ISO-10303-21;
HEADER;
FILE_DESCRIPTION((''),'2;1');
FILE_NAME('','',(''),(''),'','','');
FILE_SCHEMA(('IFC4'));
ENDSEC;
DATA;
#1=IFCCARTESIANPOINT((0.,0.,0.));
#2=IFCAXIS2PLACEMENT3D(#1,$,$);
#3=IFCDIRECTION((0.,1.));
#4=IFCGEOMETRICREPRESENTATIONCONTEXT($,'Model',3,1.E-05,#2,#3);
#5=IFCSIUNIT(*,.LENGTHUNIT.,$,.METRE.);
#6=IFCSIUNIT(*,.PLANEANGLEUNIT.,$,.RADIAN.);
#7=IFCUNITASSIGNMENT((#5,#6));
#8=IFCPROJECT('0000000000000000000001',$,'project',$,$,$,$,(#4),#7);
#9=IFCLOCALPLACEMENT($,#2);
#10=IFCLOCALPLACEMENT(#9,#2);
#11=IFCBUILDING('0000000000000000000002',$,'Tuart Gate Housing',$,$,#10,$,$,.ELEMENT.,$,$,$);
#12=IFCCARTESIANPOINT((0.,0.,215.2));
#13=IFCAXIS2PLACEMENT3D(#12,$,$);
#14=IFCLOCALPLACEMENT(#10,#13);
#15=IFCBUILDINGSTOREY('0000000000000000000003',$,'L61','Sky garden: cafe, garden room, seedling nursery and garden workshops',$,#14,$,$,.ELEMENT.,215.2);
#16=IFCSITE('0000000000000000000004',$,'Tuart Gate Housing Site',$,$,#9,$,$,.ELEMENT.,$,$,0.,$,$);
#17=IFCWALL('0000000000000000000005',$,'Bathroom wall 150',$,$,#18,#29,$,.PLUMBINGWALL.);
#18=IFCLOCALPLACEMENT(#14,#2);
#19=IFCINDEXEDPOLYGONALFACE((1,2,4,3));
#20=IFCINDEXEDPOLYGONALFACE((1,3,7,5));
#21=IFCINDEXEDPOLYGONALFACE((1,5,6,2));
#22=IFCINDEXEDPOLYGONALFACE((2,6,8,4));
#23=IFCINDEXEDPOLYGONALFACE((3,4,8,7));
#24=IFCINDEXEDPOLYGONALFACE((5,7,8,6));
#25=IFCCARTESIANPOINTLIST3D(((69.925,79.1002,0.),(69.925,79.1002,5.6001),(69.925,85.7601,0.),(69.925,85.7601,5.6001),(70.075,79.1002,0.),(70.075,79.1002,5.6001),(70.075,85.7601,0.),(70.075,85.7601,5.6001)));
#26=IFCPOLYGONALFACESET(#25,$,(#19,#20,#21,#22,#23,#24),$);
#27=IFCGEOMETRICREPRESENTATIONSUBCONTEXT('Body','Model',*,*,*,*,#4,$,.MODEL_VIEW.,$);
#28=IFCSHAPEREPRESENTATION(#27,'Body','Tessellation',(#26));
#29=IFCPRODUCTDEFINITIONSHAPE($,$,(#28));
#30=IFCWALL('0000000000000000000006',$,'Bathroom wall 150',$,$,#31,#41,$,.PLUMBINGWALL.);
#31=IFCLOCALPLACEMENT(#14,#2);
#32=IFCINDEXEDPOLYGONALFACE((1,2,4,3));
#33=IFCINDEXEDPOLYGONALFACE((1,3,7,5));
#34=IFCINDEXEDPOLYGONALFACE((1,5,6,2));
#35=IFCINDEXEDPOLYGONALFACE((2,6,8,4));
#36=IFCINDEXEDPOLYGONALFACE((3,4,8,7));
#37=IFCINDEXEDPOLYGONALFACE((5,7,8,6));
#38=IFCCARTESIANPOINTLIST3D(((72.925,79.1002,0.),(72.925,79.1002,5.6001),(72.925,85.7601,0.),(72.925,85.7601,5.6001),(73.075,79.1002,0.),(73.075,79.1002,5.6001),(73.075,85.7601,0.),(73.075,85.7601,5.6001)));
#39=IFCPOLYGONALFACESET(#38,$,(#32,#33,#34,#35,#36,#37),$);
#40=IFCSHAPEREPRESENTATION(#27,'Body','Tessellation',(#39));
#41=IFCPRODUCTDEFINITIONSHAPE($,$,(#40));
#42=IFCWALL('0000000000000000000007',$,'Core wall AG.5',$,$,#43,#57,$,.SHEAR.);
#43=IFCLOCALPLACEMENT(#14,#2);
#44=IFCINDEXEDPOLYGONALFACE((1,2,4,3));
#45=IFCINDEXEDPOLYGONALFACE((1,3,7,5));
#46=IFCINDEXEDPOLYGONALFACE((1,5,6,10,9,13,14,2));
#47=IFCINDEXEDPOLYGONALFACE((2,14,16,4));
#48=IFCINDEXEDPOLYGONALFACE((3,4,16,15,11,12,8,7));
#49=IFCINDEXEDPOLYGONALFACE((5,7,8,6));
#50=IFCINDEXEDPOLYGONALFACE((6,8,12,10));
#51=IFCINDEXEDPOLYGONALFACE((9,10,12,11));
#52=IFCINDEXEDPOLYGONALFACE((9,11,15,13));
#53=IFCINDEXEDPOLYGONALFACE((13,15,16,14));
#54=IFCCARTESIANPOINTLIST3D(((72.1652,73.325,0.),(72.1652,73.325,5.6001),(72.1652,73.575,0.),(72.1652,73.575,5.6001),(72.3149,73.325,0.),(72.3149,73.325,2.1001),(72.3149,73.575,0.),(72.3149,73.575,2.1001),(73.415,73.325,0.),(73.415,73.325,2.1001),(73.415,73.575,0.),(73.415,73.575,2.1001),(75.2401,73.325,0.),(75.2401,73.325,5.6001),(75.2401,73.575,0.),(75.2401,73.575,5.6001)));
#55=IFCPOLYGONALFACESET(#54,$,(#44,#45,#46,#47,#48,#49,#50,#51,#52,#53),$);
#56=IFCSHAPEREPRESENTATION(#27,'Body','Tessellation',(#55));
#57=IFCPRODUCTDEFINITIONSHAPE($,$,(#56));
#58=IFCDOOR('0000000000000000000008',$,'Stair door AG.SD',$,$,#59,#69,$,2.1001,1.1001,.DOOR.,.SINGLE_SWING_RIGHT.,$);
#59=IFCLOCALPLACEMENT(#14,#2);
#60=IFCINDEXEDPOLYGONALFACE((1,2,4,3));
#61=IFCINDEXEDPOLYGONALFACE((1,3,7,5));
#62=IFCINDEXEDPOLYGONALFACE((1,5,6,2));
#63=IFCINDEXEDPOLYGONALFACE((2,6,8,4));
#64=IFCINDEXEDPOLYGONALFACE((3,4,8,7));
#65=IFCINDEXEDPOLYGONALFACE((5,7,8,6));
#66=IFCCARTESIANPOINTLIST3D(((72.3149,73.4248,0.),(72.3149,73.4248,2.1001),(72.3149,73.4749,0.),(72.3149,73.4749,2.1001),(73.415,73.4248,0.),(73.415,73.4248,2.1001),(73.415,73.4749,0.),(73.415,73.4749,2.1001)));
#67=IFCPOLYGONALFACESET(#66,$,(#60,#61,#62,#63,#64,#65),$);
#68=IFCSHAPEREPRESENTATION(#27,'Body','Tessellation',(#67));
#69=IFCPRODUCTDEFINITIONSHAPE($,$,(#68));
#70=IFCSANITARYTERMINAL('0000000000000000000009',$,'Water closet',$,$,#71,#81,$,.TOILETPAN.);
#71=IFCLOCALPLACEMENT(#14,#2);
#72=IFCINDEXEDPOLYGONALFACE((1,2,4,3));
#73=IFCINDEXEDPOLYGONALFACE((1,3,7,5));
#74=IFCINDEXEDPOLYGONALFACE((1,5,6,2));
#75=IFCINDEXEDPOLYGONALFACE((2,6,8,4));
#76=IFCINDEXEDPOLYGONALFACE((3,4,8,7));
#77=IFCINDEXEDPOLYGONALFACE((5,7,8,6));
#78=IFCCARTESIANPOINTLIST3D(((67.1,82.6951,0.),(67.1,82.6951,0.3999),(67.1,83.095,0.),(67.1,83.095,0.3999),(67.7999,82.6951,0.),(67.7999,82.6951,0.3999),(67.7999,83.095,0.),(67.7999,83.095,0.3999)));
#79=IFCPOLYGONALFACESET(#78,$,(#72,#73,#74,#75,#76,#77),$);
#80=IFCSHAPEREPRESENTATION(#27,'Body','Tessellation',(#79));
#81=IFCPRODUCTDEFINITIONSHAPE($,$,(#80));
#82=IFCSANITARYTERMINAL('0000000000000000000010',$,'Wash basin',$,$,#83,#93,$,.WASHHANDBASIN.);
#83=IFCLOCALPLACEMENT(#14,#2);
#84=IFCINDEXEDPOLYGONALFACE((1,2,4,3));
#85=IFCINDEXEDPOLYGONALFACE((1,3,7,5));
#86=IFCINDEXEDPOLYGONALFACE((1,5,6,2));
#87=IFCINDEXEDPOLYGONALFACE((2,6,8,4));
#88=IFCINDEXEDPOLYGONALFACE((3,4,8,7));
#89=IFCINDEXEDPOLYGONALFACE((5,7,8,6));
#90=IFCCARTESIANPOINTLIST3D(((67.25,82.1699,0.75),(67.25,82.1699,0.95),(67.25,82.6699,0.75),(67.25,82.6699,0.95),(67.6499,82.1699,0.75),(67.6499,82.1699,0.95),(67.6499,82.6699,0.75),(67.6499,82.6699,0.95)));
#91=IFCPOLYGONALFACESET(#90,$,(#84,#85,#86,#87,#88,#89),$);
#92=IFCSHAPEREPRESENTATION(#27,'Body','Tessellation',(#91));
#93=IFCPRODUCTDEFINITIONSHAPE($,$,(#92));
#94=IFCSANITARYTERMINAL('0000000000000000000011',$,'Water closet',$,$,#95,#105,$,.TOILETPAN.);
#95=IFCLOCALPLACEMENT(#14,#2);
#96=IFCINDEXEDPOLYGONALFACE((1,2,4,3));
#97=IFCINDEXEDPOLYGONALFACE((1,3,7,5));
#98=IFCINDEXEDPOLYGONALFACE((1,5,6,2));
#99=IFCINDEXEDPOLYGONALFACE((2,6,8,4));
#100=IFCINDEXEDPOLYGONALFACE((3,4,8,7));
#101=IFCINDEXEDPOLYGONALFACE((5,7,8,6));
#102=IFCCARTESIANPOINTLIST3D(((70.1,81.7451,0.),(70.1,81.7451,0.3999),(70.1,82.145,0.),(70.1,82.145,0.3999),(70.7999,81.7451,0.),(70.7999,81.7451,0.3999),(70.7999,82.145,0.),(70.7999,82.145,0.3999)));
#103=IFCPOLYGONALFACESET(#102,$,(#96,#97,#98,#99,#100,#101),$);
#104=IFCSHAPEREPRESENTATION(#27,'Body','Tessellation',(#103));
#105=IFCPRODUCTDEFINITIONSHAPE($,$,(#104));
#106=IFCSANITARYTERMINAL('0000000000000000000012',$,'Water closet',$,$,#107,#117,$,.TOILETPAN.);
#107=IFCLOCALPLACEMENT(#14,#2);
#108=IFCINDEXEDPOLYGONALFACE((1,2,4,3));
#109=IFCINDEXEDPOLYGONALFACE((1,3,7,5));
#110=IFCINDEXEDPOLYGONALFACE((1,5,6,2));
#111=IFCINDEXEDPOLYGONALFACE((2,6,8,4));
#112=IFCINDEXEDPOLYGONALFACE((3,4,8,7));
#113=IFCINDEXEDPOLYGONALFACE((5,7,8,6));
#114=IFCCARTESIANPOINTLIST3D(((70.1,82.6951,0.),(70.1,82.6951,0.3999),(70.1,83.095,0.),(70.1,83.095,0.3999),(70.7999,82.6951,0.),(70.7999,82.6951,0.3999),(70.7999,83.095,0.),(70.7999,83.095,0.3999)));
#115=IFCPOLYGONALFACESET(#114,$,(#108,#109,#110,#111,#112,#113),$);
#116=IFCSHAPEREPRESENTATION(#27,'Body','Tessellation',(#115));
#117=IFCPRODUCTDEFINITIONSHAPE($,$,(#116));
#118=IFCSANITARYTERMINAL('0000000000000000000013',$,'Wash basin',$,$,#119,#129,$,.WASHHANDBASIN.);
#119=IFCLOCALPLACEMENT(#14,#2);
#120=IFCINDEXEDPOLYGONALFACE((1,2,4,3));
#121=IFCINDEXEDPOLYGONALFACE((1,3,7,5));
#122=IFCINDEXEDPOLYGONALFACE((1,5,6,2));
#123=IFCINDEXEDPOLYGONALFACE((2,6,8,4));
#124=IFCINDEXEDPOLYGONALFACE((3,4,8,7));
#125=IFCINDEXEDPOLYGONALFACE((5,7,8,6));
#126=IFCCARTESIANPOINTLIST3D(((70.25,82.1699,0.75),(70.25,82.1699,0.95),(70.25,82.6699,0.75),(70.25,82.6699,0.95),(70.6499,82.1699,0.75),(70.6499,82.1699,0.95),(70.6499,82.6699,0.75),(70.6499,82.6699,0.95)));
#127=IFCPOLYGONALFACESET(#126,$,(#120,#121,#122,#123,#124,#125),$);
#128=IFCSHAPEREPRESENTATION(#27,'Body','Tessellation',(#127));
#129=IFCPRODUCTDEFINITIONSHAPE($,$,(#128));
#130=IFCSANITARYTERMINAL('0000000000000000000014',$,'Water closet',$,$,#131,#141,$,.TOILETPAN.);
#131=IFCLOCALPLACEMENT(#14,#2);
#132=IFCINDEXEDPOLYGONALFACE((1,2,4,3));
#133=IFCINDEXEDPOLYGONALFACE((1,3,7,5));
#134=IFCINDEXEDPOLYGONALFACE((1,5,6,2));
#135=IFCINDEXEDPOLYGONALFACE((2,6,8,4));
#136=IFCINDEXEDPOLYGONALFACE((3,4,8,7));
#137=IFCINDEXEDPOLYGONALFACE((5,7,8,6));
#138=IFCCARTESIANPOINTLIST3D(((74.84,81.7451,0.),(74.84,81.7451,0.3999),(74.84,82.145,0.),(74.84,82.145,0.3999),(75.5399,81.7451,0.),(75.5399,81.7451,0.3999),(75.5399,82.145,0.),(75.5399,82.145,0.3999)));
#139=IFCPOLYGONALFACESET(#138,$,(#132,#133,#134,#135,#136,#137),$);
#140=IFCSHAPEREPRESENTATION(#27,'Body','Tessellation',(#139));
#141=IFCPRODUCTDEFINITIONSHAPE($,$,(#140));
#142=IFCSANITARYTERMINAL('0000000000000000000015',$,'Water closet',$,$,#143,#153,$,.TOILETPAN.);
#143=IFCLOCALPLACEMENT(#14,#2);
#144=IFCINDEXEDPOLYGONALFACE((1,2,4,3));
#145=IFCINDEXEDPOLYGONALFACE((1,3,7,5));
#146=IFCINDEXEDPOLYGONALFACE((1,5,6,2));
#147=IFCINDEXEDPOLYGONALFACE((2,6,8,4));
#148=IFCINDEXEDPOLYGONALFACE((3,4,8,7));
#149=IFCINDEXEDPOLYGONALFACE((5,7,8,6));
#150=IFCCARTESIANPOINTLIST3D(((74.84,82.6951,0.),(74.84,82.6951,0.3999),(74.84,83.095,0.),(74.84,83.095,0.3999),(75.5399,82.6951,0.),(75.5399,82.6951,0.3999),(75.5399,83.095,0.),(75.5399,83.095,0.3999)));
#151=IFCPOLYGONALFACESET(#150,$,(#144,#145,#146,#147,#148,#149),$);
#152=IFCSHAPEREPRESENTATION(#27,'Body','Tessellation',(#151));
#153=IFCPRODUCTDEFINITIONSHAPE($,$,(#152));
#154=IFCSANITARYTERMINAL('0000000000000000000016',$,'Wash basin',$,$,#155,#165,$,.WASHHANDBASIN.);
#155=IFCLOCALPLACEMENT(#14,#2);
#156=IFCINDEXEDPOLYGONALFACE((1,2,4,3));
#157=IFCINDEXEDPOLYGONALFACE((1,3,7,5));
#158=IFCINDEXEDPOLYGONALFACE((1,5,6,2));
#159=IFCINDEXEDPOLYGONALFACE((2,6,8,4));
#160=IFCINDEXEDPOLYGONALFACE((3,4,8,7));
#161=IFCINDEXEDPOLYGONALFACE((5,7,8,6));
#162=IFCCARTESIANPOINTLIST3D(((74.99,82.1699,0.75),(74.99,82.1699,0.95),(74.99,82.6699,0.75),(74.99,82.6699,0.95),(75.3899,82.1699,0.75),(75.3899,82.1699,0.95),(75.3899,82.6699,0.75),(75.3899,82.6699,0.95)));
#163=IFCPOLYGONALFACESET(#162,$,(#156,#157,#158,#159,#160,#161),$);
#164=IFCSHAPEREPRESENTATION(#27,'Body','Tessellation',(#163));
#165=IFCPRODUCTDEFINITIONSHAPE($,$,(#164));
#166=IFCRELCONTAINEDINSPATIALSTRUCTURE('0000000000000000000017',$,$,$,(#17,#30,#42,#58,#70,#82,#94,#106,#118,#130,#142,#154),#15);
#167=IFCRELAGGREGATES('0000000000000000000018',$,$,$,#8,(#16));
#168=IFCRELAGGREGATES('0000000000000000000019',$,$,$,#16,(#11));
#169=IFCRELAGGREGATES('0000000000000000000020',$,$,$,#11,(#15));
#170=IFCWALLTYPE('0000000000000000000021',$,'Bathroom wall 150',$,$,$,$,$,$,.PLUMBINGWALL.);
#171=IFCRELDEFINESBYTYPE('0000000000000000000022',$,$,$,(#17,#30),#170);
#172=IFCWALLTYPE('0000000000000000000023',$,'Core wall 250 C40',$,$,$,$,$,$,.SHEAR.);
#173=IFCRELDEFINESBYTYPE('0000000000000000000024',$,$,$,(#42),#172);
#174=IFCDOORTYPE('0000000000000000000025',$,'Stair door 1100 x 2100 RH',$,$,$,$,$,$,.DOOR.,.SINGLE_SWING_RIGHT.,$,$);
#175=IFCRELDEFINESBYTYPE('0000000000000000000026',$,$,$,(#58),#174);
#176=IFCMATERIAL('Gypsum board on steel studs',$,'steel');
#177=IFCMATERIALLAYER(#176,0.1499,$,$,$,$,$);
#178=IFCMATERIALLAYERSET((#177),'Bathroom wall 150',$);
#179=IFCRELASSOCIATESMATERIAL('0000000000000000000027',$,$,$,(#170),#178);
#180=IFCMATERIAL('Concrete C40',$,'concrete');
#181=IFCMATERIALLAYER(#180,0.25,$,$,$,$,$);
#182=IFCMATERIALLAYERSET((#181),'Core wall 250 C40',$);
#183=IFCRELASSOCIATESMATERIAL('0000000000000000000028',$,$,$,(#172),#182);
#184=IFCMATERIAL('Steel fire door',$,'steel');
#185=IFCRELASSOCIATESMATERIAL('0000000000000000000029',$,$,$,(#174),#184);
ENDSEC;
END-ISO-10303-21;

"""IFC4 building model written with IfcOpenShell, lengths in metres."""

from ifc_helpers import new_model, si_unit, direction, frame, frame_2d, origin, origin_2d, place, context, subcontext, project, spatial, rectangle, extrude, material, layer, layer_set, type_object, element, fill, save


model = new_model("IFC4")

# Units and contexts
model_context = context("Model", 3, precision=1e-05, world=origin(), true_north=direction((0.0, 1.0)))
body_context = subcontext(model_context, "Body", "Model", "MODEL_VIEW")
ifc_project = project(units=[si_unit("LENGTHUNIT", "METRE"), si_unit("PLANEANGLEUNIT", "RADIAN")], contexts=[model_context])

# Site, building, storey
site_placement = place(None, origin())
site = spatial("IfcSite", under=ifc_project, at=site_placement, Name="Tuart Gate Housing Site", CompositionType="ELEMENT", RefElevation=0.0)
building_placement = place(site_placement, origin())
building = spatial("IfcBuilding", under=site, at=building_placement, Name="Tuart Gate Housing", CompositionType="ELEMENT")
storey_placement = place(building_placement, frame((0.0, 0.0, 215.2)))
storey = spatial("IfcBuildingStorey", under=building, at=storey_placement, Name="L61", Description="Sky garden: cafe, garden room, seedling nursery and garden workshops", CompositionType="ELEMENT", Elevation=215.2)

# Walls
ifc_material_1 = material(Name="Gypsum board on steel studs", Category="steel")
ifc_layer_1 = layer(ifc_material_1, 0.1499)
ifc_layer_set_1 = layer_set([ifc_layer_1], Name="Bathroom wall 150")
wall_type_1 = type_object("IfcWallType", Name="Bathroom wall 150", PredefinedType="PLUMBINGWALL", material=ifc_layer_set_1)
for number, where, z_axis, x_axis, name in (
    (1, (70.0, 79.1001, 0.0), (0.0, 0.0, 1.0), (0.0, 1.0, 0.0), "Bathroom wall 150"),
    (2, (73.0, 79.1001, 0.0), (0.0, 0.0, 1.0), (0.0, 1.0, 0.0), "Bathroom wall 150"),
):
    element("IfcWall", number, at=place(storey_placement, frame(where, z_axis=z_axis, x_axis=x_axis)), inside=storey, type_object=wall_type_1, Name=name, PredefinedType="PLUMBINGWALL", context=body_context, shape_type="SweptSolid", body=[
        extrude(rectangle(XDim=6.6599, YDim=0.1499, at=frame_2d((3.3301, 0.0))), origin(), (0.0, 0.0, 1.0), 5.6001),
    ])

# Wall, opening, door
ifc_material_2 = material(Name="Concrete C40", Category="concrete")
ifc_layer_2 = layer(ifc_material_2, 0.25)
ifc_layer_set_2 = layer_set([ifc_layer_2], Name="Core wall 250 C40")
wall_type_2 = type_object("IfcWallType", Name="Core wall 250 C40", PredefinedType="SHEAR", material=ifc_layer_set_2)
wall_1_placement = place(storey_placement, frame((72.165, 73.45, 0.0), z_axis=(0.0, 0.0, 1.0), x_axis=(1.0, 0.0, 0.0)))
wall_1 = element("IfcWall", 3, at=wall_1_placement, inside=storey, type_object=wall_type_2, Name="Core wall AG.5", PredefinedType="SHEAR", context=body_context, shape_type="SweptSolid", body=[
    extrude(rectangle(XDim=3.075, YDim=0.25, at=frame_2d((1.5376, 0.0))), origin(), (0.0, 0.0, 1.0), 5.6001),
])
opening_1_placement = place(wall_1_placement, frame((0.1499, 0.0, 0.0)))
opening_1 = element("IfcOpeningElement", 4, at=opening_1_placement, cuts=wall_1, PredefinedType="OPENING", context=body_context, shape_type="SweptSolid", body=[
    extrude(rectangle(XDim=1.1001, YDim=2.1001, at=frame_2d((0.55, 1.05))), frame((0.0, 0.135, 0.0), z_axis=(0.0, -1.0, 0.0), x_axis=(1.0, 0.0, 0.0)), (0.0, 0.0, 1.0), 0.27),
])
ifc_material_3 = material(Name="Steel fire door", Category="steel")
door_type = type_object("IfcDoorType", Name="Stair door 1100 x 2100 RH", OperationType="SINGLE_SWING_RIGHT", PredefinedType="DOOR", material=ifc_material_3)
door_placement = place(opening_1_placement, frame((1.1001, 0.0, 0.0), z_axis=(0.0, 0.0, 1.0), x_axis=(-1.0, 0.0, 0.0)))
door = element("IfcDoor", 5, at=door_placement, inside=storey, type_object=door_type, Name="Stair door AG.SD", OperationType="SINGLE_SWING_RIGHT", OverallHeight=2.1001, OverallWidth=1.1001, PredefinedType="DOOR", context=body_context, shape_type="SweptSolid", body=[
    extrude(rectangle(XDim=1.1001, YDim=2.1001, at=frame_2d((0.55, 1.05))), frame((0.0, 0.0251, 0.0), z_axis=(0.0, -1.0, 0.0), x_axis=(1.0, 0.0, 0.0)), (0.0, 0.0, 1.0), 0.05),
])
fill(opening_1, door)

# Sanitary terminals
sanitary_terminal_1_placement = place(storey_placement, frame((67.45, 82.895, 0.0), z_axis=(0.0, 0.0, 1.0), x_axis=(1.0, 0.0, 0.0)))
element("IfcSanitaryTerminal", 6, at=sanitary_terminal_1_placement, inside=storey, Name="Water closet", PredefinedType="TOILETPAN", context=body_context, shape_type="SweptSolid", body=[
    extrude(rectangle(XDim=0.7, YDim=0.3999, at=origin_2d()), origin(), (0.0, 0.0, 1.0), 0.3999),
])
sanitary_terminal_2_placement = place(storey_placement, frame((67.45, 82.4199, 0.75), z_axis=(0.0, 0.0, 1.0), x_axis=(1.0, 0.0, 0.0)))
element("IfcSanitaryTerminal", 7, at=sanitary_terminal_2_placement, inside=storey, Name="Wash basin", PredefinedType="WASHHANDBASIN", context=body_context, shape_type="SweptSolid", body=[
    extrude(rectangle(XDim=0.3999, YDim=0.5, at=origin_2d()), origin(), (0.0, 0.0, 1.0), 0.2),
])
for number, where, z_axis, x_axis, name in (
    (8, (70.45, 81.9451, 0.0), (0.0, 0.0, 1.0), (1.0, 0.0, 0.0), "Water closet"),
    (9, (70.45, 82.895, 0.0), (0.0, 0.0, 1.0), (1.0, 0.0, 0.0), "Water closet"),
):
    element("IfcSanitaryTerminal", number, at=place(storey_placement, frame(where, z_axis=z_axis, x_axis=x_axis)), inside=storey, Name=name, PredefinedType="TOILETPAN", context=body_context, shape_type="SweptSolid", body=[
        extrude(rectangle(XDim=0.7, YDim=0.3999, at=origin_2d()), origin(), (0.0, 0.0, 1.0), 0.3999),
    ])
sanitary_terminal_3_placement = place(storey_placement, frame((70.45, 82.4199, 0.75), z_axis=(0.0, 0.0, 1.0), x_axis=(1.0, 0.0, 0.0)))
element("IfcSanitaryTerminal", 10, at=sanitary_terminal_3_placement, inside=storey, Name="Wash basin", PredefinedType="WASHHANDBASIN", context=body_context, shape_type="SweptSolid", body=[
    extrude(rectangle(XDim=0.3999, YDim=0.5, at=origin_2d()), origin(), (0.0, 0.0, 1.0), 0.2),
])
for number, where, z_axis, x_axis, name in (
    (11, (75.1899, 81.9451, 0.0), (0.0, 0.0, 1.0), (1.0, 0.0, 0.0), "Water closet"),
    (12, (75.1899, 82.895, 0.0), (0.0, 0.0, 1.0), (1.0, 0.0, 0.0), "Water closet"),
):
    element("IfcSanitaryTerminal", number, at=place(storey_placement, frame(where, z_axis=z_axis, x_axis=x_axis)), inside=storey, Name=name, PredefinedType="TOILETPAN", context=body_context, shape_type="SweptSolid", body=[
        extrude(rectangle(XDim=0.7, YDim=0.3999, at=origin_2d()), origin(), (0.0, 0.0, 1.0), 0.3999),
    ])
sanitary_terminal_4_placement = place(storey_placement, frame((75.1899, 82.4199, 0.75), z_axis=(0.0, 0.0, 1.0), x_axis=(1.0, 0.0, 0.0)))
element("IfcSanitaryTerminal", 13, at=sanitary_terminal_4_placement, inside=storey, Name="Wash basin", PredefinedType="WASHHANDBASIN", context=body_context, shape_type="SweptSolid", body=[
    extrude(rectangle(XDim=0.3999, YDim=0.5, at=origin_2d()), origin(), (0.0, 0.0, 1.0), 0.2),
])

save(model, "model.ifc")
